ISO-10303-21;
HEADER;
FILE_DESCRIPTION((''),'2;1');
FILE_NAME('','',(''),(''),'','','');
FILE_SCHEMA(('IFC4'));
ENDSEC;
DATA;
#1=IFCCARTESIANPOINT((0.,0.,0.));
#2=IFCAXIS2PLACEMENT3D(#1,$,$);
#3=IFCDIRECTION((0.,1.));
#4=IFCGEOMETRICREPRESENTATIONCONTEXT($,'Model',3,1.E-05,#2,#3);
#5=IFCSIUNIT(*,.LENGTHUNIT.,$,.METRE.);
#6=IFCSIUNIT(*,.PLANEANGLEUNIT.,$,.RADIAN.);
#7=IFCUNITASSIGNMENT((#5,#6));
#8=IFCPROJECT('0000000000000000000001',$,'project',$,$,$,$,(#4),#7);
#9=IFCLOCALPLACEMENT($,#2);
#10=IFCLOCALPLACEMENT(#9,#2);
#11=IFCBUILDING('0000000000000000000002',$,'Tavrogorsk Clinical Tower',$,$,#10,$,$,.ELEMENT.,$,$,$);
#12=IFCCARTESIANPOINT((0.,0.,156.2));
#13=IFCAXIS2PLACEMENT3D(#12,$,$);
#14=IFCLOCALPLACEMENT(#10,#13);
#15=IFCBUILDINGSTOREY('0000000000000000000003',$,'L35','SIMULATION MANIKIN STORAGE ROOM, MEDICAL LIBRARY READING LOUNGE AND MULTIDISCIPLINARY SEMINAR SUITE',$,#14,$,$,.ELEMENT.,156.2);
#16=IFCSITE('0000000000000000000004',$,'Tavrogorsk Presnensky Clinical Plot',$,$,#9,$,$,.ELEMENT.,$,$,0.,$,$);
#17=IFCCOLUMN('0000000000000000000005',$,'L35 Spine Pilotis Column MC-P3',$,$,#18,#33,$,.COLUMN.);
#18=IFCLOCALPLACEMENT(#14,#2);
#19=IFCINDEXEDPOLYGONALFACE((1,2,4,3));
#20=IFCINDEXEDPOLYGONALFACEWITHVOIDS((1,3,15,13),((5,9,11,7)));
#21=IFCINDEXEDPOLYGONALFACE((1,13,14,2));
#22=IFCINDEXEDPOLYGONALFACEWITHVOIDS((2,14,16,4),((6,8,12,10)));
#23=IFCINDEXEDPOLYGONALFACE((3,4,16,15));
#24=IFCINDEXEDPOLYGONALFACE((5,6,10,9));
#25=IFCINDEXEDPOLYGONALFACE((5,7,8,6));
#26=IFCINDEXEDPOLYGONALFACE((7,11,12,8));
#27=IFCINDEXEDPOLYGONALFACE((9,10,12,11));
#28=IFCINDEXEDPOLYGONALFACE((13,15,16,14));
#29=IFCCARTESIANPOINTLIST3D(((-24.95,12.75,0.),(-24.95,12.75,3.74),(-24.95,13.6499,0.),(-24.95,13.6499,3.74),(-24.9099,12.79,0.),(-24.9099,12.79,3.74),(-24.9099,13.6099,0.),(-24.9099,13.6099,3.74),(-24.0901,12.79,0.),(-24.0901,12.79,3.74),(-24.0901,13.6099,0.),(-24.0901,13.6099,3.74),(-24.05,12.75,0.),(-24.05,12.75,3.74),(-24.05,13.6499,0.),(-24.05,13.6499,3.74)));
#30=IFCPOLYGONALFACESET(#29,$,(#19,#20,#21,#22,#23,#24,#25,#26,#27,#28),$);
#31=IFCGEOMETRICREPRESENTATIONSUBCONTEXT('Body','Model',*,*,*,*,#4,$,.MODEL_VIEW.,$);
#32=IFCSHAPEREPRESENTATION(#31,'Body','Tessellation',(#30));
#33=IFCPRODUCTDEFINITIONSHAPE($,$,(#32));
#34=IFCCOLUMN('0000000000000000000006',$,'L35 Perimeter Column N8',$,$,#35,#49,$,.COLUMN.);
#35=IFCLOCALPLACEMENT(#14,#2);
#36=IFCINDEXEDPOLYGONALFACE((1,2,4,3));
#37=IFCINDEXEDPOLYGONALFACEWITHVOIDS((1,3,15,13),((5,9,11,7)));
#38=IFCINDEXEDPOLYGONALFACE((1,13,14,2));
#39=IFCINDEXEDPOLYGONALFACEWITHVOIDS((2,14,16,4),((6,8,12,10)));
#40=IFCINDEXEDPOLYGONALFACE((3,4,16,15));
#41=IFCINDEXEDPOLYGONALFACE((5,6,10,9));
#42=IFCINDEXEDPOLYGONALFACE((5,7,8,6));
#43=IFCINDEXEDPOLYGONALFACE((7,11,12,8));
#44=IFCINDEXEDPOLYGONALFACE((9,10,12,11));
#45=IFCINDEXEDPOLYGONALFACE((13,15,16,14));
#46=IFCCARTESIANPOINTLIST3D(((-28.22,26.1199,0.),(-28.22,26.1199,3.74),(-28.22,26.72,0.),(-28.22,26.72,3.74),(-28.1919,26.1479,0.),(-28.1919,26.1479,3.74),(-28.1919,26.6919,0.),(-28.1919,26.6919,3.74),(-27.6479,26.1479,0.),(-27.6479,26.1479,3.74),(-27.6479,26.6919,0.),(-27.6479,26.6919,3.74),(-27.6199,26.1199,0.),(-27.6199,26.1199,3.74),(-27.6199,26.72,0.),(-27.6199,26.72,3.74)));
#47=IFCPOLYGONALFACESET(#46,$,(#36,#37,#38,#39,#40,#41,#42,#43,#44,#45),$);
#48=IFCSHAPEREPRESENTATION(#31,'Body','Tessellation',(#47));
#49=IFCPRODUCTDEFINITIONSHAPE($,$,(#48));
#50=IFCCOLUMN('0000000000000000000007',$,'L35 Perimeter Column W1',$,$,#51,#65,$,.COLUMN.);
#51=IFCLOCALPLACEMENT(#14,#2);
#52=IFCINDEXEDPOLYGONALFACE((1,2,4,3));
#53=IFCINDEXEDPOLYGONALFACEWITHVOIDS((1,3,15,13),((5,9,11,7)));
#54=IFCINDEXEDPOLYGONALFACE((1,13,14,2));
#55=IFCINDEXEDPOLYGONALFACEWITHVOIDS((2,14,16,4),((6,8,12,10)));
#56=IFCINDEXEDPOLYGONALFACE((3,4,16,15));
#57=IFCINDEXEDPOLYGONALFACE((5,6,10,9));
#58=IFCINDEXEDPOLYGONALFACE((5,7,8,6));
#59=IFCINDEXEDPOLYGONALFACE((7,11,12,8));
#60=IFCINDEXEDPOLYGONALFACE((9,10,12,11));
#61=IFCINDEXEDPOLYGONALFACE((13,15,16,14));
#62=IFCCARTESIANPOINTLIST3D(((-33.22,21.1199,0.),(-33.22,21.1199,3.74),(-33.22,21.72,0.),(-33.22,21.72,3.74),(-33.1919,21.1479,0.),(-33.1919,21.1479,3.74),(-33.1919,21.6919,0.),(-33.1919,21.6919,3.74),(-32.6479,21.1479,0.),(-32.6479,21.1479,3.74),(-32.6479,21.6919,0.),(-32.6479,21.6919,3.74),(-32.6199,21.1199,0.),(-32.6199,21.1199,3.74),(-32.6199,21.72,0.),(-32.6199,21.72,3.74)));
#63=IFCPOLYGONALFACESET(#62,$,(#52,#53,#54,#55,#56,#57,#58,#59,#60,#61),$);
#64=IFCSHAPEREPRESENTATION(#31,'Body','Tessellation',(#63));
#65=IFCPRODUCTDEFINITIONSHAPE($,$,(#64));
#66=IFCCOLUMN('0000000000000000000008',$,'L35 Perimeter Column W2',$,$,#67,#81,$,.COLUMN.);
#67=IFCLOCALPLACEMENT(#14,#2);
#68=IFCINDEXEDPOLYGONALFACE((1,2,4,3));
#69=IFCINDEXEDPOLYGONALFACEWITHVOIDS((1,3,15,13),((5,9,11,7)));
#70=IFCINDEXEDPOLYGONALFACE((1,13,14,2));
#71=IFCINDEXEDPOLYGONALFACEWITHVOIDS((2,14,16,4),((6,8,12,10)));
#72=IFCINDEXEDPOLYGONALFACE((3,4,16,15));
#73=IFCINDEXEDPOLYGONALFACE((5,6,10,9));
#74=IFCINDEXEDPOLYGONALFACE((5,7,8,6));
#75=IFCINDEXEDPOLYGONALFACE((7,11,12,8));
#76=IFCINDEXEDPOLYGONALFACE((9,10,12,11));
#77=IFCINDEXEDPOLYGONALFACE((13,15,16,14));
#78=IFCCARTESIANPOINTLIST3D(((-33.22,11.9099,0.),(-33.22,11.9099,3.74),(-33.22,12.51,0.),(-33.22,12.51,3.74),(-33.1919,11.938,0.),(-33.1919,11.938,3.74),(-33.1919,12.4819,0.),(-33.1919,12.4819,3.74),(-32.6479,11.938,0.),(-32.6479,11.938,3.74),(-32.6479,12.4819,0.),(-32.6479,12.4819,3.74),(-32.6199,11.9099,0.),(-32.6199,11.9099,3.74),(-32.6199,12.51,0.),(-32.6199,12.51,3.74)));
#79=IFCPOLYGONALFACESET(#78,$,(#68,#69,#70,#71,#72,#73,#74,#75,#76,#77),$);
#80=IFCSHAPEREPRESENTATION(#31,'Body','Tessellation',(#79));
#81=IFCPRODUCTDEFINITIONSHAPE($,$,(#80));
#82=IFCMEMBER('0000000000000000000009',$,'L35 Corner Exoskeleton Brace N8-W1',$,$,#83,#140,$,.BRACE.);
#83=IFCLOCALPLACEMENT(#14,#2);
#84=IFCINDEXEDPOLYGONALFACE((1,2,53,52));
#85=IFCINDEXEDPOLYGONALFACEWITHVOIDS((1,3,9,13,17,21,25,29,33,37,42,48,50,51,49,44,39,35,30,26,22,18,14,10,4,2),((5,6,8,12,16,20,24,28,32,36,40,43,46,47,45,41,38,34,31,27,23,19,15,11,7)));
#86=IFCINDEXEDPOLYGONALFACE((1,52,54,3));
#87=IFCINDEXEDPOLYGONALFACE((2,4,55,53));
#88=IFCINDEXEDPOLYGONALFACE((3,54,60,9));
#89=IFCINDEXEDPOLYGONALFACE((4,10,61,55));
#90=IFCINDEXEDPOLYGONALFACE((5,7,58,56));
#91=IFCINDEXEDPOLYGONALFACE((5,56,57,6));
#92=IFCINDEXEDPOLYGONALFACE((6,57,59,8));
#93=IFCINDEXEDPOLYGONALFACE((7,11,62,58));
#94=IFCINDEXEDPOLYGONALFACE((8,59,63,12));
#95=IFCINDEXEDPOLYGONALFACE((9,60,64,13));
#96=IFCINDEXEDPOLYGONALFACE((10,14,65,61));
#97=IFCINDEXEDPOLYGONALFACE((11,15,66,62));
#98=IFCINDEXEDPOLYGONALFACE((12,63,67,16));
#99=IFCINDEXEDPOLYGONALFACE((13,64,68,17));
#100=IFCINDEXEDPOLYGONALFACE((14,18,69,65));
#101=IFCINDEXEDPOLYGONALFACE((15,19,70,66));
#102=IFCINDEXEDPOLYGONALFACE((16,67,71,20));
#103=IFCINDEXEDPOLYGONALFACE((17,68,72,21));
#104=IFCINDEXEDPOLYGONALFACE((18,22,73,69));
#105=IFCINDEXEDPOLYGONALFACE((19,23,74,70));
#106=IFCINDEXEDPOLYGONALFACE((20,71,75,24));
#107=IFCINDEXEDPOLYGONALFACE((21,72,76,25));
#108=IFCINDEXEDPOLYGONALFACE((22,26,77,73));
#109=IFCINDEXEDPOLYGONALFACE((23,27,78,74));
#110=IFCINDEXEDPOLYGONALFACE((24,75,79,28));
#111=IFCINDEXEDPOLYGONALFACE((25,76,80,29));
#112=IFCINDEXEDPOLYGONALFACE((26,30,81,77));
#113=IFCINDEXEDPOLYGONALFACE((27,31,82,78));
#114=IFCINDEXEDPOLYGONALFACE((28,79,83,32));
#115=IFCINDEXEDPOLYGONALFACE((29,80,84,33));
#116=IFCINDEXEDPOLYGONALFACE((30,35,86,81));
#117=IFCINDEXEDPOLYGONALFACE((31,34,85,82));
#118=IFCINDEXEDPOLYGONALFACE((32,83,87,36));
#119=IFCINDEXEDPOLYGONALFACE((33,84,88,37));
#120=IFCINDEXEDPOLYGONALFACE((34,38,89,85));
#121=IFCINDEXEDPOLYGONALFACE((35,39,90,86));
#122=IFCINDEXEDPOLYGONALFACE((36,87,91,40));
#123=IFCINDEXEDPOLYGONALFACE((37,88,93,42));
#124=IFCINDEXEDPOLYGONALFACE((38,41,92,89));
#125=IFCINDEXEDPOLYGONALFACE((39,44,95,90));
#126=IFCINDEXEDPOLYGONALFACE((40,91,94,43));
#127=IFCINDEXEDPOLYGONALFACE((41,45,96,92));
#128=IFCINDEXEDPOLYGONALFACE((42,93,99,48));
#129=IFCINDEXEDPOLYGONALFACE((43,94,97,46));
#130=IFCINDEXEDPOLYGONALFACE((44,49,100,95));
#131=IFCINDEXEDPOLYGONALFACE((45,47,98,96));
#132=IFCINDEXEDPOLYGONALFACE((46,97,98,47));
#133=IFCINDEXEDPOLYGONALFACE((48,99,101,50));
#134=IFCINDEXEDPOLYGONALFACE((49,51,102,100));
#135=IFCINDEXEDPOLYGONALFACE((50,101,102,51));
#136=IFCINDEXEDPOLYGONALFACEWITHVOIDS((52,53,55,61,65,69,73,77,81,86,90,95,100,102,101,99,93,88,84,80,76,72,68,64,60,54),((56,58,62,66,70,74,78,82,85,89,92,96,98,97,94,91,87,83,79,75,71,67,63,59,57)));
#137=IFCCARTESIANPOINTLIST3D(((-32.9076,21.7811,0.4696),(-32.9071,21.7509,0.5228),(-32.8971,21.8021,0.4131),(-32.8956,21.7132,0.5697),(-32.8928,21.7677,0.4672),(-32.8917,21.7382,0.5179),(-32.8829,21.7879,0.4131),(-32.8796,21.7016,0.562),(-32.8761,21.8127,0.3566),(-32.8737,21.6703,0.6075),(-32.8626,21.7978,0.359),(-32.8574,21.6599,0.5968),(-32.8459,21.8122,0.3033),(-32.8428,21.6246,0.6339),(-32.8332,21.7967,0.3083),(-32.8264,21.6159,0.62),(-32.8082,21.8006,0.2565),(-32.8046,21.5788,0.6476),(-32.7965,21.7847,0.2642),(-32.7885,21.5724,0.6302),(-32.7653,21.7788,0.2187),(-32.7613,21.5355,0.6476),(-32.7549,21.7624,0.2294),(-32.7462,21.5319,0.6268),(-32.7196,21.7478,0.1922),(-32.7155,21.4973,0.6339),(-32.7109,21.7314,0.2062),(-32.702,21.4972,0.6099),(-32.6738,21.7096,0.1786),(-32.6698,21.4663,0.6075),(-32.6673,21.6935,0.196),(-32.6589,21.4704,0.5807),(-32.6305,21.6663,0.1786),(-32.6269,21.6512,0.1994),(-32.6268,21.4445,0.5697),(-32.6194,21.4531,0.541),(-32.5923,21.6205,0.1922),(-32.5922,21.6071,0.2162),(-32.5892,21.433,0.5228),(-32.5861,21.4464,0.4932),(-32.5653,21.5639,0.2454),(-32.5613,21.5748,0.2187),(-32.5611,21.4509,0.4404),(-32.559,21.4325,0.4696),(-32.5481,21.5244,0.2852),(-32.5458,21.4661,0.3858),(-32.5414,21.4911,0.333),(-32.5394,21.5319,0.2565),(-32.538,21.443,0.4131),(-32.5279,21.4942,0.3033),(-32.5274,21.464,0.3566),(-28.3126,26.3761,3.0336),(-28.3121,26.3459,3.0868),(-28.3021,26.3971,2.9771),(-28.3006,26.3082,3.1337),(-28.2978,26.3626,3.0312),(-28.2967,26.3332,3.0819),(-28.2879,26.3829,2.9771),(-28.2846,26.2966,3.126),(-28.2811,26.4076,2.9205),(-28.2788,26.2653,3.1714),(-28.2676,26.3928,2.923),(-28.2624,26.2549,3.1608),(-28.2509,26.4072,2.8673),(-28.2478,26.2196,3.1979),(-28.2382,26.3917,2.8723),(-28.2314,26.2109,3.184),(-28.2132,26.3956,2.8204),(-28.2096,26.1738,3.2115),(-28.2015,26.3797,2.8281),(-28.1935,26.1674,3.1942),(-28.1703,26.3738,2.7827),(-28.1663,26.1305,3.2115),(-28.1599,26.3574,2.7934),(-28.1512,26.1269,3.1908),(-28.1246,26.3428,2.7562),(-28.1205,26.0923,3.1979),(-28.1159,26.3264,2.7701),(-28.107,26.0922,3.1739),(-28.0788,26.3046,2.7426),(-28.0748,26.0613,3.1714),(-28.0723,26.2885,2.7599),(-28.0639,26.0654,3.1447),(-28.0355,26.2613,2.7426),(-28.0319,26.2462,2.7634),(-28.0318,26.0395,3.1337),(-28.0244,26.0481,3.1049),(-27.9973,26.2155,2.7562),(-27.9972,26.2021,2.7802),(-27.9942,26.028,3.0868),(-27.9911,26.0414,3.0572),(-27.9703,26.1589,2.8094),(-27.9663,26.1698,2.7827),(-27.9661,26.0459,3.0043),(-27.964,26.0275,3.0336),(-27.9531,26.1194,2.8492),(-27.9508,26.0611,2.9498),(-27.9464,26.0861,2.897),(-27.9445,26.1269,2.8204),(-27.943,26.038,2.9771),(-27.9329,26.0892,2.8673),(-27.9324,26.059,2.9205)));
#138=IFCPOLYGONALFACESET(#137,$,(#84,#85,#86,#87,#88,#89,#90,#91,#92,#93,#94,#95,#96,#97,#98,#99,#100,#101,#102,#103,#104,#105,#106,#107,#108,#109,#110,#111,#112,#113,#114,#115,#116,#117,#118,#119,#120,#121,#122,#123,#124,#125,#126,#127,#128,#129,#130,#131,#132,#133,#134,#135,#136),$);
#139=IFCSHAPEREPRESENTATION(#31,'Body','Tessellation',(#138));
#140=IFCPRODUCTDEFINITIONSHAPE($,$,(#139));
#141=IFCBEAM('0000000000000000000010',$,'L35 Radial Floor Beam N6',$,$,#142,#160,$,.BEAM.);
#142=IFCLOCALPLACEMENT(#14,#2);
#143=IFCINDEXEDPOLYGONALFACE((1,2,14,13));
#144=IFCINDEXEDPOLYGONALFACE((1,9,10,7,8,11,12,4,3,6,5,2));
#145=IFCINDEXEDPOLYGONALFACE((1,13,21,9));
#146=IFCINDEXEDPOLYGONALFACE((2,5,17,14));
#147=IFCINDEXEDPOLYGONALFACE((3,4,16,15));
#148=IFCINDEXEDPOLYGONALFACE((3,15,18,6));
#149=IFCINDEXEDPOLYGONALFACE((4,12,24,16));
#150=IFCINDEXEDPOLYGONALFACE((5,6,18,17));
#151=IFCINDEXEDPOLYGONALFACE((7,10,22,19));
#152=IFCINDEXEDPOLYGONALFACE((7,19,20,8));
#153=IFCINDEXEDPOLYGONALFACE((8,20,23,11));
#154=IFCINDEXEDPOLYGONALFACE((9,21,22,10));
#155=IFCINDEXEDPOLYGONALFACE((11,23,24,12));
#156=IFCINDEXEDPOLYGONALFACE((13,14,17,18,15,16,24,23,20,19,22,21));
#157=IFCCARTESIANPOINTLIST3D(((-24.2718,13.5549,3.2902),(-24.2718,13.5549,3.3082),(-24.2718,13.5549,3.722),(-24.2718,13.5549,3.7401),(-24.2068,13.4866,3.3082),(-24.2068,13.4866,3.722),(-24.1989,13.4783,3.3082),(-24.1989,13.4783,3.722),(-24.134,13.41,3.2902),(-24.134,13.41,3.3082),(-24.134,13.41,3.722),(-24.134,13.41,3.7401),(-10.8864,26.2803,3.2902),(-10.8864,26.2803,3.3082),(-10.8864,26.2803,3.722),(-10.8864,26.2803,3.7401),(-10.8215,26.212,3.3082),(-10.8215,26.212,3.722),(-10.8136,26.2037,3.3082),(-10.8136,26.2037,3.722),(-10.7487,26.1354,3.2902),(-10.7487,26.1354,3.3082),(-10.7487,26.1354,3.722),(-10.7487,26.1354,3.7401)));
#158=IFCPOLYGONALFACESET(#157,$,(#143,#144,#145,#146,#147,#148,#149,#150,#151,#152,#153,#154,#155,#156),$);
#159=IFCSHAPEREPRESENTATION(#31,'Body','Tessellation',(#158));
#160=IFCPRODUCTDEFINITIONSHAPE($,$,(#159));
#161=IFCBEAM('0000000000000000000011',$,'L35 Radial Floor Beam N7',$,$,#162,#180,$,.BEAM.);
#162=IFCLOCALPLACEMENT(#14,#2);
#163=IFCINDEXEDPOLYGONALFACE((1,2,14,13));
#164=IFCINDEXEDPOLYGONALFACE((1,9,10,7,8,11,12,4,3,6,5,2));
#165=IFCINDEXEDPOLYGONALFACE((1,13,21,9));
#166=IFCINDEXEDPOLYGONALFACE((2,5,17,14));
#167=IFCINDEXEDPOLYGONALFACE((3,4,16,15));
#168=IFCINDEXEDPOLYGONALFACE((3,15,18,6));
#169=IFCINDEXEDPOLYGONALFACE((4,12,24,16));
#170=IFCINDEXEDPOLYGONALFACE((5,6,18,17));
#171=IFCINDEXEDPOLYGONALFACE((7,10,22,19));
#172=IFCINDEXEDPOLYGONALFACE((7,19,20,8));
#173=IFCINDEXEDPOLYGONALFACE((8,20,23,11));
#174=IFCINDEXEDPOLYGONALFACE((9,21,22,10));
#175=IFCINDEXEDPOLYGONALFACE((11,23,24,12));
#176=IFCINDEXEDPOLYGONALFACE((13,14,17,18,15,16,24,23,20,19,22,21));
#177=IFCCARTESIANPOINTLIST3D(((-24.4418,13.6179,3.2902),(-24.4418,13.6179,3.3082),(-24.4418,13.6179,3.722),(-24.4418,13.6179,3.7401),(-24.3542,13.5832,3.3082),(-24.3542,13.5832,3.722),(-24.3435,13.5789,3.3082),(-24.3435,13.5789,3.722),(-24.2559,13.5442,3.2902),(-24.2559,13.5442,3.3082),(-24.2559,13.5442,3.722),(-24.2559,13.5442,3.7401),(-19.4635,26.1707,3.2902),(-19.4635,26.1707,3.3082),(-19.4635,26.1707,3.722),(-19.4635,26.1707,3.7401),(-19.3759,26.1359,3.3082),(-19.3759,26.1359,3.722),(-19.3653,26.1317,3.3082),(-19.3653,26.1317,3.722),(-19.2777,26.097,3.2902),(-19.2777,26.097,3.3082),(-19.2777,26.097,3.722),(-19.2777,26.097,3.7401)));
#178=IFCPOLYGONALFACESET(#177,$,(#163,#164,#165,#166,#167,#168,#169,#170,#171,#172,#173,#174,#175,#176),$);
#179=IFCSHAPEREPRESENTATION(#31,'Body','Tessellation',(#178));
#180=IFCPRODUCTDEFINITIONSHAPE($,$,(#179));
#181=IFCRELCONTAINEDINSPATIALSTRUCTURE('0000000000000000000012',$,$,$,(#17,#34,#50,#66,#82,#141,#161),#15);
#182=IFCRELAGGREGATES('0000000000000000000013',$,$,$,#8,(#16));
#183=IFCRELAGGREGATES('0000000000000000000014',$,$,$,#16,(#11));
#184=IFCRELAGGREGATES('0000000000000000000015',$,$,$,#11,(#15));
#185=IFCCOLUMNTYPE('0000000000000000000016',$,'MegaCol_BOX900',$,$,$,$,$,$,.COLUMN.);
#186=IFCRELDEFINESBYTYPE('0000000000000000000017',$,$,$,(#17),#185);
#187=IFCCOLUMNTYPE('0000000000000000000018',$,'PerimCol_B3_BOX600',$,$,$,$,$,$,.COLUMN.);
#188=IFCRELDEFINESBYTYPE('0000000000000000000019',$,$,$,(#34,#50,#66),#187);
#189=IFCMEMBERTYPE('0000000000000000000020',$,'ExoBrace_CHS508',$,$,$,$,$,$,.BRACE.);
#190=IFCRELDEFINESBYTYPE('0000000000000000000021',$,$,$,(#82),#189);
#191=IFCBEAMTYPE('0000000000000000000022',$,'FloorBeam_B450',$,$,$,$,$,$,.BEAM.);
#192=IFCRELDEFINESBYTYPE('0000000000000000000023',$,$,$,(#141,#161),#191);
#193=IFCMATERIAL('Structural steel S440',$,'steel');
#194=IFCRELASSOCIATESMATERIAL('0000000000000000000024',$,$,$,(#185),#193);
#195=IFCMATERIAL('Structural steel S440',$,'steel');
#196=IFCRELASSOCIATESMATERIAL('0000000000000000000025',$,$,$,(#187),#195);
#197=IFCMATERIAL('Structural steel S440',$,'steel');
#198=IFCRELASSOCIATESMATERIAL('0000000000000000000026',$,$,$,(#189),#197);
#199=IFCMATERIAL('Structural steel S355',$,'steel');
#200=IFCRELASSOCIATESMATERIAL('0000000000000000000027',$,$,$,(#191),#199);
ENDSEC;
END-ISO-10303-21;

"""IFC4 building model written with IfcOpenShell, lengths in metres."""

from ifc_helpers import new_model, si_unit, direction, frame, origin, origin_2d, place, context, subcontext, project, spatial, hollow_rectangle, hollow_circle, i_section, extrude, material, material_profile, profile_set, type_object, element, save


model = new_model("IFC4")

# Units and contexts
model_context = context("Model", 3, precision=1e-05, world=origin(), true_north=direction((0.0, 1.0)))
body_context = subcontext(model_context, "Body", "Model", "MODEL_VIEW")
ifc_project = project(units=[si_unit("LENGTHUNIT", "METRE"), si_unit("PLANEANGLEUNIT", "RADIAN")], contexts=[model_context])

# Site, building, storey
site_placement = place(None, origin())
site = spatial("IfcSite", under=ifc_project, at=site_placement, Name="Tavrogorsk Presnensky Clinical Plot", CompositionType="ELEMENT", RefElevation=0.0)
building_placement = place(site_placement, origin())
building = spatial("IfcBuilding", under=site, at=building_placement, Name="Tavrogorsk Clinical Tower", CompositionType="ELEMENT")
storey_placement = place(building_placement, frame((0.0, 0.0, 156.2)))
storey = spatial("IfcBuildingStorey", under=building, at=storey_placement, Name="L35", Description="SIMULATION MANIKIN STORAGE ROOM, MEDICAL LIBRARY READING LOUNGE AND MULTIDISCIPLINARY SEMINAR SUITE", CompositionType="ELEMENT", Elevation=156.2)

# Columns
ifc_material_1 = material(Name="Structural steel S440", Category="steel")
ifc_material_profile_1 = material_profile(ifc_material_1, hollow_rectangle(XDim=0.8999, YDim=0.8999, WallThickness=0.04, at=origin_2d()), Name="BOX-900x900x40")
ifc_profile_set_1 = profile_set([ifc_material_profile_1], Name="Structural steel S440")
column_type_1 = type_object("IfcColumnType", Name="MegaCol_BOX900", PredefinedType="COLUMN", material=ifc_profile_set_1)
column_placement = place(storey_placement, frame((-24.5, 13.2, 0.0), z_axis=(0.0, 0.0, 1.0), x_axis=(1.0, 0.0, 0.0)))
element("IfcColumn", 1, at=column_placement, inside=storey, type_object=column_type_1, Name="L35 Spine Pilotis Column MC-P3", PredefinedType="COLUMN", context=body_context, shape_type="SweptSolid", body=[
    extrude(hollow_rectangle(XDim=0.8999, YDim=0.8999, WallThickness=0.04, at=origin_2d()), origin(), (0.0, 0.0, 1.0), 3.74),
])
ifc_material_2 = material(Name="Structural steel S440", Category="steel")
ifc_material_profile_2 = material_profile(ifc_material_2, hollow_rectangle(XDim=0.6001, YDim=0.6001, WallThickness=0.0281, at=origin_2d()), Name="BOX-600x600x28")
ifc_profile_set_2 = profile_set([ifc_material_profile_2], Name="Structural steel S440")
column_type_2 = type_object("IfcColumnType", Name="PerimCol_B3_BOX600", PredefinedType="COLUMN", material=ifc_profile_set_2)
for number, where, z_axis, x_axis, name in (
    (2, (-27.9199, 26.4199, 0.0), (0.0, 0.0, 1.0), (1.0, 0.0, 0.0), "L35 Perimeter Column N8"),
    (3, (-32.9199, 21.4199, 0.0), (0.0, 0.0, 1.0), (1.0, 0.0, 0.0), "L35 Perimeter Column W1"),
    (4, (-32.9199, 12.21, 0.0), (0.0, 0.0, 1.0), (1.0, 0.0, 0.0), "L35 Perimeter Column W2"),
):
    element("IfcColumn", number, at=place(storey_placement, frame(where, z_axis=z_axis, x_axis=x_axis)), inside=storey, type_object=column_type_2, Name=name, PredefinedType="COLUMN", context=body_context, shape_type="SweptSolid", body=[
        extrude(hollow_rectangle(XDim=0.6001, YDim=0.6001, WallThickness=0.0281, at=origin_2d()), origin(), (0.0, 0.0, 1.0), 3.74),
    ])

# Member
ifc_material_3 = material(Name="Structural steel S440", Category="steel")
ifc_material_profile_3 = material_profile(ifc_material_3, hollow_circle(Radius=0.2539, WallThickness=0.02, at=origin_2d()), Name="CHS-508x20")
ifc_profile_set_3 = profile_set([ifc_material_profile_3], Name="Structural steel S440")
member_type_1 = type_object("IfcMemberType", Name="ExoBrace_CHS508", PredefinedType="BRACE", material=ifc_profile_set_3)
member_1_placement = place(storey_placement, frame((-32.7175, 21.6226, 0.4131), z_axis=(0.657759, 0.657759, 0.367025), x_axis=(-0.707107, 0.707107, 0.0)))
element("IfcMember", 5, at=member_1_placement, inside=storey, type_object=member_type_1, Name="L35 Corner Exoskeleton Brace N8-W1", PredefinedType="BRACE", context=body_context, shape_type="SweptSolid", body=[
    extrude(hollow_circle(Radius=0.2539, WallThickness=0.02, at=origin_2d()), origin(), (0.0, 0.0, 1.0), 6.9858),
])

# Beams
ifc_material_4 = material(Name="Structural steel S355", Category="steel")
ifc_material_profile_4 = material_profile(ifc_material_4, i_section(OverallWidth=0.2, OverallDepth=0.45, WebThickness=0.0115, FlangeThickness=0.0181, at=origin_2d()), Name="B-450x200x11.5x18")
ifc_profile_set_4 = profile_set([ifc_material_profile_4], Name="Structural steel S355")
beam_type_1 = type_object("IfcBeamType", Name="FloorBeam_B450", PredefinedType="BEAM", material=ifc_profile_set_4)
beam_1_placement = place(storey_placement, frame((-24.2029, 13.4824, 3.5151), z_axis=(0.724747, 0.689016, 0.0), x_axis=(-0.689016, 0.724747, 0.0)))
element("IfcBeam", 6, at=beam_1_placement, inside=storey, type_object=beam_type_1, Name="L35 Radial Floor Beam N6", PredefinedType="BEAM", context=body_context, shape_type="SweptSolid", body=[
    extrude(i_section(OverallWidth=0.2, OverallDepth=0.45, WebThickness=0.0115, FlangeThickness=0.0181, at=origin_2d()), origin(), (0.0, 0.0, 1.0), 18.469),
])
beam_2_placement = place(storey_placement, frame((-24.3489, 13.5811, 3.5151), z_axis=(0.368655, 0.929566, 0.0), x_axis=(-0.929566, 0.368655, 0.0)))
element("IfcBeam", 7, at=beam_2_placement, inside=storey, type_object=beam_type_1, Name="L35 Radial Floor Beam N7", PredefinedType="BEAM", context=body_context, shape_type="SweptSolid", body=[
    extrude(i_section(OverallWidth=0.2, OverallDepth=0.45, WebThickness=0.0115, FlangeThickness=0.0181, at=origin_2d()), origin(), (0.0, 0.0, 1.0), 13.5039),
])

save(model, "model.ifc")
